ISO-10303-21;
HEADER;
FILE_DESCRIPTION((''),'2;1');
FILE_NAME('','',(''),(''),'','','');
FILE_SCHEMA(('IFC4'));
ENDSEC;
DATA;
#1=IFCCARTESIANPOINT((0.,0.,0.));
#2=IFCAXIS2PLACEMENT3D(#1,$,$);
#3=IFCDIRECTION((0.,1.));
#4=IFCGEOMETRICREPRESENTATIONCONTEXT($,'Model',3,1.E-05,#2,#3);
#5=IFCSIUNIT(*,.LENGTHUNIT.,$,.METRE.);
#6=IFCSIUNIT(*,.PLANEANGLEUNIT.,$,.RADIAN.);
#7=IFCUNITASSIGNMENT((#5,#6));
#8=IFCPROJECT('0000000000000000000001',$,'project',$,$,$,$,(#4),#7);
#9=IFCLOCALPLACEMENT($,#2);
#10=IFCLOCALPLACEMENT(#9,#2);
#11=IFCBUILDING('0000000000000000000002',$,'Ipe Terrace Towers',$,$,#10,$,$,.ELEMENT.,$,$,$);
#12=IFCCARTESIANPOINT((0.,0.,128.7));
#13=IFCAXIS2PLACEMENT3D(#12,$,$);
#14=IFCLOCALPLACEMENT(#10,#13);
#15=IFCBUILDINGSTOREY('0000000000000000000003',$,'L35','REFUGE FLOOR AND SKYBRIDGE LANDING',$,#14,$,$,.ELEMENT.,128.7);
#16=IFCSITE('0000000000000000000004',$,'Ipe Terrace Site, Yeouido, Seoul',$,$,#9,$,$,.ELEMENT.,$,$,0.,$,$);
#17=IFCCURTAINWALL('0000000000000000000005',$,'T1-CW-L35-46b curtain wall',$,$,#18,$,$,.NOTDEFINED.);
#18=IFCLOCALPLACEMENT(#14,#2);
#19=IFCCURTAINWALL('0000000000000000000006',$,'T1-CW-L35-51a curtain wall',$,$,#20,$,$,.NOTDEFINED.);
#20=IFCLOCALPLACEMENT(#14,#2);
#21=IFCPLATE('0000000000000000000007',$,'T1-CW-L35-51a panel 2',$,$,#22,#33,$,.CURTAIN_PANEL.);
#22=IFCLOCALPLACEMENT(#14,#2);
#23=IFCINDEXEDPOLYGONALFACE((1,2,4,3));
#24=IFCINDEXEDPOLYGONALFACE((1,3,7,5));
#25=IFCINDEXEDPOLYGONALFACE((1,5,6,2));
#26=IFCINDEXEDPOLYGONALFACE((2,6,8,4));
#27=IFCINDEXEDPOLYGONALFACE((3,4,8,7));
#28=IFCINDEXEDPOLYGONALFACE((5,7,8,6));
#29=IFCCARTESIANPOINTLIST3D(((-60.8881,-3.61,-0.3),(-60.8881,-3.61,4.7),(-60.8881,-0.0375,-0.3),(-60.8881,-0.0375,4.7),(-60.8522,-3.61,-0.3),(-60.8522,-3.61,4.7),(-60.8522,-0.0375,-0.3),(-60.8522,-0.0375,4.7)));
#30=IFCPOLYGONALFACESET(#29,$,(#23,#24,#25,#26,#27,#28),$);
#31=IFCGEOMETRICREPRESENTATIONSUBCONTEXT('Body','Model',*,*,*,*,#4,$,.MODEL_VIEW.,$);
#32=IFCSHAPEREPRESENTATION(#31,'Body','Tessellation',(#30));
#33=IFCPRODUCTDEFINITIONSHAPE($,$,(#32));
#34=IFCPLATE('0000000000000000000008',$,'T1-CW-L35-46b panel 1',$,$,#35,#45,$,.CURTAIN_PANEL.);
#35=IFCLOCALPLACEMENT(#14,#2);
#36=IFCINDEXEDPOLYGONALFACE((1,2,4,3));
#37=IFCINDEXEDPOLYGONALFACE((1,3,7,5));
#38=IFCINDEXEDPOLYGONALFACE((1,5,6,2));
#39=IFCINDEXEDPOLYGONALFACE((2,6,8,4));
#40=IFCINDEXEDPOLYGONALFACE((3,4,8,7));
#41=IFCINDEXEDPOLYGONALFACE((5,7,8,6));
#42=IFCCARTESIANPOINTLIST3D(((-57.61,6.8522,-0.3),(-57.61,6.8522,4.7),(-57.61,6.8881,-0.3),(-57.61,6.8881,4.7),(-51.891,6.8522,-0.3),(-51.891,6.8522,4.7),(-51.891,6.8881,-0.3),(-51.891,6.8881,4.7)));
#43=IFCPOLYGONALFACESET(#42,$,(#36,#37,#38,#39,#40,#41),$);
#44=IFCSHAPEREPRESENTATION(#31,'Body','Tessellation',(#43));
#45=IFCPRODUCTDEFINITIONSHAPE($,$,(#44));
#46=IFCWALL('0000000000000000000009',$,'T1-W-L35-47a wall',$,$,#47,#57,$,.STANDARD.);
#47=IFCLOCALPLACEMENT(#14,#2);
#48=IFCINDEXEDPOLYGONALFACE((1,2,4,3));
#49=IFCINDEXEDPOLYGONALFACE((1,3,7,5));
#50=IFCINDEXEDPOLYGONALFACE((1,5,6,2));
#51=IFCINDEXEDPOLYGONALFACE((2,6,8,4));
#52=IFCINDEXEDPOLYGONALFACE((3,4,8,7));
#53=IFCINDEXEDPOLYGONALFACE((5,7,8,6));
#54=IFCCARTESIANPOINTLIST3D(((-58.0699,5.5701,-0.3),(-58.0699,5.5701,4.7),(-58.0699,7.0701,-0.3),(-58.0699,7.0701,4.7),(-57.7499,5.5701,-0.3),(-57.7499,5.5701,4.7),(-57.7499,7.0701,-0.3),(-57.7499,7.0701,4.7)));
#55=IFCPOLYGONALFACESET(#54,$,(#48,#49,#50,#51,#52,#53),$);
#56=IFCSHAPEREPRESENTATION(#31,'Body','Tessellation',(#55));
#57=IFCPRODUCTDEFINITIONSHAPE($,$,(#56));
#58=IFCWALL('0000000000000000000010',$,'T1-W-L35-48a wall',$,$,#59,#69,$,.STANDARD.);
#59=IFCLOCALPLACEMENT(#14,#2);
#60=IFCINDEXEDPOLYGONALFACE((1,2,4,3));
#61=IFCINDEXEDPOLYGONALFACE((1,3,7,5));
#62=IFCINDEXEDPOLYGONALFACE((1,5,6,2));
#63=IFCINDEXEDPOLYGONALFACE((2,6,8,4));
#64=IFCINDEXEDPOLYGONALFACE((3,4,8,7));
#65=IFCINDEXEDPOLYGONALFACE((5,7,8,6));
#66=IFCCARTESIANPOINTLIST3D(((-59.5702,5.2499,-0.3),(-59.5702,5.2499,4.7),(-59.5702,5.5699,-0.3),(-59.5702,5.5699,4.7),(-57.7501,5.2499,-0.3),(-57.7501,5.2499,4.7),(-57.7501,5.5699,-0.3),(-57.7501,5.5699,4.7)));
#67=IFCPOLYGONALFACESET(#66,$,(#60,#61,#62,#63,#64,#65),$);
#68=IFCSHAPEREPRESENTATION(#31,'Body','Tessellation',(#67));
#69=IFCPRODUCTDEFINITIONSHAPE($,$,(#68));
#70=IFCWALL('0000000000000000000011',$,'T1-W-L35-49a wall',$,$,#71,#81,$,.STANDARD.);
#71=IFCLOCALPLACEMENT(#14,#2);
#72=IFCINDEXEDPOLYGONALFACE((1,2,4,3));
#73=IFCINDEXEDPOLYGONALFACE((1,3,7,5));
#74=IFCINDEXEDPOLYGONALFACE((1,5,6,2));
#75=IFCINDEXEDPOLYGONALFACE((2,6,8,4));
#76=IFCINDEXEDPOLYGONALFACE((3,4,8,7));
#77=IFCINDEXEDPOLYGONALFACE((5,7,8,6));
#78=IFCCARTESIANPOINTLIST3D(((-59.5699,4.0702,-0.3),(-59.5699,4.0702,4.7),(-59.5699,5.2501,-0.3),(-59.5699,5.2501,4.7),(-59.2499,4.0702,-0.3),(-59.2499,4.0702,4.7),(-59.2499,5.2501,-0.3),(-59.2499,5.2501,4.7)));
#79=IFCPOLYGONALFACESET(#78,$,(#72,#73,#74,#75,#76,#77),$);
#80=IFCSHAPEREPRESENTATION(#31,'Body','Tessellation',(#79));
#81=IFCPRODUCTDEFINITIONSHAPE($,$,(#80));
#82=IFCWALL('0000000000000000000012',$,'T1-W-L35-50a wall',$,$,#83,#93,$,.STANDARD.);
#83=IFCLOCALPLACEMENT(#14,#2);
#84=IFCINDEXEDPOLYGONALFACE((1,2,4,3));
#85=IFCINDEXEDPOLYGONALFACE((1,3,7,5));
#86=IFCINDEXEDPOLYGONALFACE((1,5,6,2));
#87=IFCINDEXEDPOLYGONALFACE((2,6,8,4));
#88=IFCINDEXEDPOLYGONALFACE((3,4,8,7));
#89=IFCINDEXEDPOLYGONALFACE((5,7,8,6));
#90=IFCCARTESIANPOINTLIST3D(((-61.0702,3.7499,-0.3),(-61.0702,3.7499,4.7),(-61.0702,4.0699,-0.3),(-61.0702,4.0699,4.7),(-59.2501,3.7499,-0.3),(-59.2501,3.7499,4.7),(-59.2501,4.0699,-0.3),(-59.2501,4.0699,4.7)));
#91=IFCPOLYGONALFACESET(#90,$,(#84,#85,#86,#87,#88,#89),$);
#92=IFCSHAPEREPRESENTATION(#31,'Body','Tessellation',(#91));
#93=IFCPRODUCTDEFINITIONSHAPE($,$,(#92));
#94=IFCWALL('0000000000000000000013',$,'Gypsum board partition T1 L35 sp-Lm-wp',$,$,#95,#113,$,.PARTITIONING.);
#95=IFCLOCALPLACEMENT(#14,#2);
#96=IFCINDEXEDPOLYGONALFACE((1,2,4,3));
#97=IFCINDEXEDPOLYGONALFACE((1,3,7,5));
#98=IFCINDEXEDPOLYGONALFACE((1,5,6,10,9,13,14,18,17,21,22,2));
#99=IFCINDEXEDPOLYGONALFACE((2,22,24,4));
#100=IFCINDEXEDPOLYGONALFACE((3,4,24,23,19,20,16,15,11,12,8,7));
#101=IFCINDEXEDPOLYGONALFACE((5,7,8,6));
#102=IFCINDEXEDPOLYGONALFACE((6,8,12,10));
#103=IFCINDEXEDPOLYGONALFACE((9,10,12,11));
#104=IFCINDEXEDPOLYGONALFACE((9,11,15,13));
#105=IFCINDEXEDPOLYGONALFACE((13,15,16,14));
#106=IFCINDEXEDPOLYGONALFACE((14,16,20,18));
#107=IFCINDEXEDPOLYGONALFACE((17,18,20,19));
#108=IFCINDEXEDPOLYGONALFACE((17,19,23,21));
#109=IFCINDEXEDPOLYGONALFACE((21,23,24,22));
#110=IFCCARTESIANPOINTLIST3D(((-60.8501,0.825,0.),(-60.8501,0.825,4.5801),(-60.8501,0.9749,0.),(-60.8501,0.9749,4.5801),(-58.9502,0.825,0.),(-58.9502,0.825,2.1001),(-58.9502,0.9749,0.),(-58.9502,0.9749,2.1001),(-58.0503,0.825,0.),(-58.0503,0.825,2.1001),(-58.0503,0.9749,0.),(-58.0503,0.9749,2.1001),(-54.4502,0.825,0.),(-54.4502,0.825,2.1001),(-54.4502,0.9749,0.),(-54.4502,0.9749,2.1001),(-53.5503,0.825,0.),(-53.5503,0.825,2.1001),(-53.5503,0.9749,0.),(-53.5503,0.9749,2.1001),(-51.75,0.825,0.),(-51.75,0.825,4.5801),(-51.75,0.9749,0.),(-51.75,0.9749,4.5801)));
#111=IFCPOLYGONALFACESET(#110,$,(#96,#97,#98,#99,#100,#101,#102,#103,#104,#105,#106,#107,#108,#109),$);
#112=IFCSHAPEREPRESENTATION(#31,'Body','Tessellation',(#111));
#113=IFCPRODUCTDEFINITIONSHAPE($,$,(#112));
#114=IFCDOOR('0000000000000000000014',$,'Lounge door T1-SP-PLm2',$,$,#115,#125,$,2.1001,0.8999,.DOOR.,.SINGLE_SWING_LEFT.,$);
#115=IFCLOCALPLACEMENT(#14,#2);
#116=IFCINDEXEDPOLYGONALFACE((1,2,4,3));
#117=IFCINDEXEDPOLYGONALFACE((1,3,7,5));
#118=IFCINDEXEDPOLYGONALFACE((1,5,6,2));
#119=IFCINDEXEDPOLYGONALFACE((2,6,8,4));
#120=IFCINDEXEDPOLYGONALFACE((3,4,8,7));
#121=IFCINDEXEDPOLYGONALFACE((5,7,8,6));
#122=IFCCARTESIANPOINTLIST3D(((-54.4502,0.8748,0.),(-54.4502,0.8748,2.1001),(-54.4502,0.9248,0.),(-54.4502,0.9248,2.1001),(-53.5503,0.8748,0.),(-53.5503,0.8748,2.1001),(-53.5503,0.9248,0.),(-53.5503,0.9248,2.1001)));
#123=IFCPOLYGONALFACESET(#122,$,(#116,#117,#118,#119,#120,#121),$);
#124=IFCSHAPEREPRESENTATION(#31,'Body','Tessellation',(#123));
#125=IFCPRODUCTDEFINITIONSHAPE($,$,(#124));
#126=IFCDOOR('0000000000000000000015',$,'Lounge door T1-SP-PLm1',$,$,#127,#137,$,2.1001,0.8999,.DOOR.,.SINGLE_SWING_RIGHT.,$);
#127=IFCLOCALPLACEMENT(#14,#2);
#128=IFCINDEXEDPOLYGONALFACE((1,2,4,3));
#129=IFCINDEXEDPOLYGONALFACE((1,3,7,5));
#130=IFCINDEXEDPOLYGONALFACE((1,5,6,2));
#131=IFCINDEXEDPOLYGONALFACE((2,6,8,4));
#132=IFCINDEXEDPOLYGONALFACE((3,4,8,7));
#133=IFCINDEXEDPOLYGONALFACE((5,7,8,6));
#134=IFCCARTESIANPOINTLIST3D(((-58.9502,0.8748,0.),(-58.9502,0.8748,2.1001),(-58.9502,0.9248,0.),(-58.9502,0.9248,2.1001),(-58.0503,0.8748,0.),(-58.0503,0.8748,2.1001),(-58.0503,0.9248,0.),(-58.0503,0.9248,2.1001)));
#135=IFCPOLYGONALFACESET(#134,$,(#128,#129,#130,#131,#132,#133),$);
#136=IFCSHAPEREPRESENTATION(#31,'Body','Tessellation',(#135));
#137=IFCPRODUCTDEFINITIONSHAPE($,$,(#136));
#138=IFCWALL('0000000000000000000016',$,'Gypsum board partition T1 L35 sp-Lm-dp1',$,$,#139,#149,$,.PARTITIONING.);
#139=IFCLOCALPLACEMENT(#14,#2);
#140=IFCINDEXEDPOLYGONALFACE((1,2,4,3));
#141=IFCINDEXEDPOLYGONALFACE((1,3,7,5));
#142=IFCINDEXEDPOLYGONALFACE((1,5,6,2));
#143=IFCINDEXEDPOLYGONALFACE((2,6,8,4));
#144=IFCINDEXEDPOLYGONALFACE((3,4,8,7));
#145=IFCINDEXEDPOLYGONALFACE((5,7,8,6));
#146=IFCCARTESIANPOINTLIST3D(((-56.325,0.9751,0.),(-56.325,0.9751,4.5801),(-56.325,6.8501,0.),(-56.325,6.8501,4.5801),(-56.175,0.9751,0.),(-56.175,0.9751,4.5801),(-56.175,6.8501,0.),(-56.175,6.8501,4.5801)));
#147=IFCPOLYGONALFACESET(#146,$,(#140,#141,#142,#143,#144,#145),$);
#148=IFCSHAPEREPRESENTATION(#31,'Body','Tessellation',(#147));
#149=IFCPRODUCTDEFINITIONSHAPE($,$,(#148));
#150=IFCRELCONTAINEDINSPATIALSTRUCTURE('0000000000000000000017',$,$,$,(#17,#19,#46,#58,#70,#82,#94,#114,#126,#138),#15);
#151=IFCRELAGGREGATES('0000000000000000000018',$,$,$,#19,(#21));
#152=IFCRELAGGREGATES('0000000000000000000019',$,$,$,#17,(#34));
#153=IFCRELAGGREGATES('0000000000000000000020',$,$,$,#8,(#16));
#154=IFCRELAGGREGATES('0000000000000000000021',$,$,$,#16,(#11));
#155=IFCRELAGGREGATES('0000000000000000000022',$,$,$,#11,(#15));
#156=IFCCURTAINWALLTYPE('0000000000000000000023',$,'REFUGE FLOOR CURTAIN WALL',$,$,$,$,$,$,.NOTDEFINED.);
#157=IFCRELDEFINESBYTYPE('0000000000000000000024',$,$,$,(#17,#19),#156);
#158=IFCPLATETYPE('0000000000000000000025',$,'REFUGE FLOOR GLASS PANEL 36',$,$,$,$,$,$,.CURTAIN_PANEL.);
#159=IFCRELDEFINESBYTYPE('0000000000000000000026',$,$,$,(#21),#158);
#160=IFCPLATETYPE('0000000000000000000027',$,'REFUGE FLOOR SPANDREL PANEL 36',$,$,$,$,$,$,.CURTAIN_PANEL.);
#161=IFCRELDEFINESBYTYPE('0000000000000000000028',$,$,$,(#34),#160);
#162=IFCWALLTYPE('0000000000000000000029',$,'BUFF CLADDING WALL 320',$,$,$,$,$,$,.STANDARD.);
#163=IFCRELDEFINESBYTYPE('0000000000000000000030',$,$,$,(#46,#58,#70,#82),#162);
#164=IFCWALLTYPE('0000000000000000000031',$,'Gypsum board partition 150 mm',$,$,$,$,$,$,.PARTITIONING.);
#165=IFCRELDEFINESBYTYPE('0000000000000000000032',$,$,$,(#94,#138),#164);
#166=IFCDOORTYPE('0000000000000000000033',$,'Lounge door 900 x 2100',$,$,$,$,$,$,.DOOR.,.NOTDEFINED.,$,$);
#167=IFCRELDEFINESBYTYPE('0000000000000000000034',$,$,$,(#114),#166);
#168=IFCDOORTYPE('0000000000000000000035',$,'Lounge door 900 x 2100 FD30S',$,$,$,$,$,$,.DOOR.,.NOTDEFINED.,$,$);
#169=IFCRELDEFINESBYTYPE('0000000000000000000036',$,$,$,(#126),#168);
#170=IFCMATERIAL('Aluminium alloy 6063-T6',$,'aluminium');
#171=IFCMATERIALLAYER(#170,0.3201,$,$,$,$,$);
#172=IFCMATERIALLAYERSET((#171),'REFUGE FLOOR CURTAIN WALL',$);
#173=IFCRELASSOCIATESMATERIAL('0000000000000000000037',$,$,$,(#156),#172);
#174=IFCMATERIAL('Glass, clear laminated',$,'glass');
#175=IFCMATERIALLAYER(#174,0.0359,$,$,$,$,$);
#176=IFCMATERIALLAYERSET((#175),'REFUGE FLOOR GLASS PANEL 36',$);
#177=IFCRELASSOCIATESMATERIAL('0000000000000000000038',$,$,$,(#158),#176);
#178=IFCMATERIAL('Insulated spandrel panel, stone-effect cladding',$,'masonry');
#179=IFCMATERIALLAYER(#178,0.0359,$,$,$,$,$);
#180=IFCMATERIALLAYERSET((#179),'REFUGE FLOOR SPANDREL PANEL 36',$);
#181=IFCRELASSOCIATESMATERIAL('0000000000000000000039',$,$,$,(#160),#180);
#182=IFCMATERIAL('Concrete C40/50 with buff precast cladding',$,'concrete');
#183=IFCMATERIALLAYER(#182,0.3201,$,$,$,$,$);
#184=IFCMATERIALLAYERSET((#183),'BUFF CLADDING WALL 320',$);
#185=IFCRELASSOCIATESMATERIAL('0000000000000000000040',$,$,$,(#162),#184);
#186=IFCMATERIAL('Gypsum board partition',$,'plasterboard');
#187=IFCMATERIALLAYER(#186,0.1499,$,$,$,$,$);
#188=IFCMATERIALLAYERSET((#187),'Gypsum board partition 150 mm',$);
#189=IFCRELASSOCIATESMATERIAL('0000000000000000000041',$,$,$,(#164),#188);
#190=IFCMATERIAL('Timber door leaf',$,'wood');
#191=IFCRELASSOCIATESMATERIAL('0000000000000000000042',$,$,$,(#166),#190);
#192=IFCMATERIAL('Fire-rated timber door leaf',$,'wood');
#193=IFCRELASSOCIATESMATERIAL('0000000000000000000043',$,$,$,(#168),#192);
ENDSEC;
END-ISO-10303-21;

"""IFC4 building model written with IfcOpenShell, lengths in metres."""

from ifc_helpers import new_model, si_unit, direction, frame, frame_2d, origin, origin_2d, place, context, subcontext, project, spatial, rectangle, extrude, material, layer, layer_set, type_object, element, fill, aggregate, save


model = new_model("IFC4")

# Units and contexts
model_context = context("Model", 3, precision=1e-05, world=origin(), true_north=direction((0.0, 1.0)))
body_context = subcontext(model_context, "Body", "Model", "MODEL_VIEW")
ifc_project = project(units=[si_unit("LENGTHUNIT", "METRE"), si_unit("PLANEANGLEUNIT", "RADIAN")], contexts=[model_context])

# Site, building, storey
site_placement = place(None, origin())
site = spatial("IfcSite", under=ifc_project, at=site_placement, Name="Ipe Terrace Site, Yeouido, Seoul", CompositionType="ELEMENT", RefElevation=0.0)
building_placement = place(site_placement, origin())
building = spatial("IfcBuilding", under=site, at=building_placement, Name="Ipe Terrace Towers", CompositionType="ELEMENT")
storey_placement = place(building_placement, frame((0.0, 0.0, 128.7)))
storey = spatial("IfcBuildingStorey", under=building, at=storey_placement, Name="L35", Description="REFUGE FLOOR AND SKYBRIDGE LANDING", CompositionType="ELEMENT", Elevation=128.7)

# Curtain wall
ifc_material_1 = material(Name="Aluminium alloy 6063-T6", Category="aluminium")
ifc_layer_1 = layer(ifc_material_1, 0.3201)
ifc_layer_set_1 = layer_set([ifc_layer_1], Name="REFUGE FLOOR CURTAIN WALL")
curtain_wall_type = type_object("IfcCurtainWallType", Name="REFUGE FLOOR CURTAIN WALL", PredefinedType="NOTDEFINED", material=ifc_layer_set_1)
curtain_wall_1_placement = place(storey_placement, origin())
curtain_wall_1 = element("IfcCurtainWall", 1, at=curtain_wall_1_placement, inside=storey, type_object=curtain_wall_type, Name="T1-CW-L35-46b curtain wall", PredefinedType="NOTDEFINED")

# Curtain wall, plate
curtain_wall_2_placement = place(storey_placement, origin())
curtain_wall_2 = element("IfcCurtainWall", 2, at=curtain_wall_2_placement, inside=storey, type_object=curtain_wall_type, Name="T1-CW-L35-51a curtain wall", PredefinedType="NOTDEFINED")
ifc_material_2 = material(Name="Glass, clear laminated", Category="glass")
ifc_layer_2 = layer(ifc_material_2, 0.0359)
ifc_layer_set_2 = layer_set([ifc_layer_2], Name="REFUGE FLOOR GLASS PANEL 36")
plate_type_1 = type_object("IfcPlateType", Name="REFUGE FLOOR GLASS PANEL 36", PredefinedType="CURTAIN_PANEL", material=ifc_layer_set_2)
plate_1_placement = place(storey_placement, frame((-60.8701, -1.8237, -0.3), z_axis=(0.0, 0.0, 1.0), x_axis=(0.0, -1.0, 0.0)))
plate_1 = element("IfcPlate", 3, at=plate_1_placement, type_object=plate_type_1, Name="T1-CW-L35-51a panel 2", PredefinedType="CURTAIN_PANEL", context=body_context, shape_type="SweptSolid", body=[
    extrude(rectangle(XDim=3.5725, YDim=0.0359, at=origin_2d()), origin(), (0.0, 0.0, 1.0), 5.0),
])
aggregate(curtain_wall_2, [plate_1])

# Plate
ifc_material_3 = material(Name="Insulated spandrel panel, stone-effect cladding", Category="masonry")
ifc_layer_3 = layer(ifc_material_3, 0.0359)
ifc_layer_set_3 = layer_set([ifc_layer_3], Name="REFUGE FLOOR SPANDREL PANEL 36")
plate_type_2 = type_object("IfcPlateType", Name="REFUGE FLOOR SPANDREL PANEL 36", PredefinedType="CURTAIN_PANEL", material=ifc_layer_set_3)
plate_2_placement = place(storey_placement, frame((-54.7505, 6.8701, -0.3), z_axis=(0.0, 0.0, 1.0), x_axis=(-1.0, 0.0, 0.0)))
plate_2 = element("IfcPlate", 4, at=plate_2_placement, type_object=plate_type_2, Name="T1-CW-L35-46b panel 1", PredefinedType="CURTAIN_PANEL", context=body_context, shape_type="SweptSolid", body=[
    extrude(rectangle(XDim=5.719, YDim=0.0359, at=origin_2d()), origin(), (0.0, 0.0, 1.0), 5.0),
])
aggregate(curtain_wall_1, [plate_2])

# Walls
ifc_material_4 = material(Name="Concrete C40/50 with buff precast cladding", Category="concrete")
ifc_layer_4 = layer(ifc_material_4, 0.3201)
ifc_layer_set_4 = layer_set([ifc_layer_4], Name="BUFF CLADDING WALL 320")
wall_type_1 = type_object("IfcWallType", Name="BUFF CLADDING WALL 320", PredefinedType="STANDARD", material=ifc_layer_set_4)
wall_1_placement = place(storey_placement, frame((-57.9099, 7.0701, -0.3), z_axis=(0.0, 0.0, 1.0), x_axis=(0.0, -1.0, 0.0)))
element("IfcWall", 5, at=wall_1_placement, inside=storey, type_object=wall_type_1, Name="T1-W-L35-47a wall", PredefinedType="STANDARD", context=body_context, shape_type="SweptSolid", body=[
    extrude(rectangle(XDim=1.5, YDim=0.3201, at=frame_2d((0.75, 0.0))), origin(), (0.0, 0.0, 1.0), 5.0),
])
wall_2_placement = place(storey_placement, frame((-57.75, 5.4099, -0.3), z_axis=(0.0, 0.0, 1.0), x_axis=(-1.0, 0.0, 0.0)))
element("IfcWall", 6, at=wall_2_placement, inside=storey, type_object=wall_type_1, Name="T1-W-L35-48a wall", PredefinedType="STANDARD", context=body_context, shape_type="SweptSolid", body=[
    extrude(rectangle(XDim=1.8201, YDim=0.3201, at=frame_2d((0.9102, 0.0))), origin(), (0.0, 0.0, 1.0), 5.0),
])
wall_3_placement = place(storey_placement, frame((-59.4099, 5.25, -0.3), z_axis=(0.0, 0.0, 1.0), x_axis=(0.0, -1.0, 0.0)))
element("IfcWall", 7, at=wall_3_placement, inside=storey, type_object=wall_type_1, Name="T1-W-L35-49a wall", PredefinedType="STANDARD", context=body_context, shape_type="SweptSolid", body=[
    extrude(rectangle(XDim=1.1799, YDim=0.3201, at=frame_2d((0.5898, 0.0))), origin(), (0.0, 0.0, 1.0), 5.0),
])
wall_4_placement = place(storey_placement, frame((-59.25, 3.9099, -0.3), z_axis=(0.0, 0.0, 1.0), x_axis=(-1.0, 0.0, 0.0)))
element("IfcWall", 8, at=wall_4_placement, inside=storey, type_object=wall_type_1, Name="T1-W-L35-50a wall", PredefinedType="STANDARD", context=body_context, shape_type="SweptSolid", body=[
    extrude(rectangle(XDim=1.8201, YDim=0.3201, at=frame_2d((0.9102, 0.0))), origin(), (0.0, 0.0, 1.0), 5.0),
])

# Wall, openings, doors
ifc_material_5 = material(Name="Gypsum board partition", Category="plasterboard")
ifc_layer_5 = layer(ifc_material_5, 0.1499)
ifc_layer_set_5 = layer_set([ifc_layer_5], Name="Gypsum board partition 150 mm")
wall_type_2 = type_object("IfcWallType", Name="Gypsum board partition 150 mm", PredefinedType="PARTITIONING", material=ifc_layer_set_5)
wall_5_placement = place(storey_placement, frame((-60.8501, 0.8999, 0.0), z_axis=(0.0, 0.0, 1.0), x_axis=(1.0, 0.0, 0.0)))
wall_5 = element("IfcWall", 9, at=wall_5_placement, inside=storey, type_object=wall_type_2, Name="Gypsum board partition T1 L35 sp-Lm-wp", PredefinedType="PARTITIONING", context=body_context, shape_type="SweptSolid", body=[
    extrude(rectangle(XDim=9.1001, YDim=0.1499, at=frame_2d((4.55, 0.0))), origin(), (0.0, 0.0, 1.0), 4.5801),
])
opening_1_placement = place(wall_5_placement, frame((1.8999, 0.0, 0.0)))
opening_1 = element("IfcOpeningElement", 10, at=opening_1_placement, cuts=wall_5, PredefinedType="OPENING", context=body_context, shape_type="SweptSolid", body=[
    extrude(rectangle(XDim=0.8999, YDim=2.1001, at=frame_2d((0.45, 1.05))), frame((0.0, 0.085, 0.0), z_axis=(0.0, -1.0, 0.0), x_axis=(1.0, 0.0, 0.0)), (0.0, 0.0, 1.0), 0.1699),
])
opening_2_placement = place(wall_5_placement, frame((6.3999, 0.0, 0.0)))
opening_2 = element("IfcOpeningElement", 11, at=opening_2_placement, cuts=wall_5, PredefinedType="OPENING", context=body_context, shape_type="SweptSolid", body=[
    extrude(rectangle(XDim=0.8999, YDim=2.1001, at=frame_2d((0.45, 1.05))), frame((0.0, 0.085, 0.0), z_axis=(0.0, -1.0, 0.0), x_axis=(1.0, 0.0, 0.0)), (0.0, 0.0, 1.0), 0.1699),
])
ifc_material_6 = material(Name="Timber door leaf", Category="wood")
door_type_1 = type_object("IfcDoorType", Name="Lounge door 900 x 2100", OperationType="NOTDEFINED", PredefinedType="DOOR", material=ifc_material_6)
door_1_placement = place(opening_2_placement, origin())
door_1 = element("IfcDoor", 12, at=door_1_placement, inside=storey, type_object=door_type_1, Name="Lounge door T1-SP-PLm2", OperationType="SINGLE_SWING_LEFT", OverallHeight=2.1001, OverallWidth=0.8999, PredefinedType="DOOR", context=body_context, shape_type="SweptSolid", body=[
    extrude(rectangle(XDim=0.8999, YDim=2.1001, at=frame_2d((0.45, 1.05))), frame((0.0, 0.0249, 0.0), z_axis=(0.0, -1.0, 0.0), x_axis=(1.0, 0.0, 0.0)), (0.0, 0.0, 1.0), 0.05),
])
fill(opening_2, door_1)
ifc_material_7 = material(Name="Fire-rated timber door leaf", Category="wood")
door_type_2 = type_object("IfcDoorType", Name="Lounge door 900 x 2100 FD30S", OperationType="NOTDEFINED", PredefinedType="DOOR", material=ifc_material_7)
door_2_placement = place(opening_1_placement, origin())
door_2 = element("IfcDoor", 13, at=door_2_placement, inside=storey, type_object=door_type_2, Name="Lounge door T1-SP-PLm1", OperationType="SINGLE_SWING_RIGHT", OverallHeight=2.1001, OverallWidth=0.8999, PredefinedType="DOOR", context=body_context, shape_type="SweptSolid", body=[
    extrude(rectangle(XDim=0.8999, YDim=2.1001, at=frame_2d((0.45, 1.05))), frame((0.0, 0.0249, 0.0), z_axis=(0.0, -1.0, 0.0), x_axis=(1.0, 0.0, 0.0)), (0.0, 0.0, 1.0), 0.05),
])
fill(opening_1, door_2)

# Wall
wall_6_placement = place(storey_placement, frame((-56.25, 0.9751, 0.0), z_axis=(0.0, 0.0, 1.0), x_axis=(0.0, 1.0, 0.0)))
element("IfcWall", 14, at=wall_6_placement, inside=storey, type_object=wall_type_2, Name="Gypsum board partition T1 L35 sp-Lm-dp1", PredefinedType="PARTITIONING", context=body_context, shape_type="SweptSolid", body=[
    extrude(rectangle(XDim=5.875, YDim=0.1499, at=frame_2d((2.9375, 0.0))), origin(), (0.0, 0.0, 1.0), 4.5801),
])

save(model, "model.ifc")
